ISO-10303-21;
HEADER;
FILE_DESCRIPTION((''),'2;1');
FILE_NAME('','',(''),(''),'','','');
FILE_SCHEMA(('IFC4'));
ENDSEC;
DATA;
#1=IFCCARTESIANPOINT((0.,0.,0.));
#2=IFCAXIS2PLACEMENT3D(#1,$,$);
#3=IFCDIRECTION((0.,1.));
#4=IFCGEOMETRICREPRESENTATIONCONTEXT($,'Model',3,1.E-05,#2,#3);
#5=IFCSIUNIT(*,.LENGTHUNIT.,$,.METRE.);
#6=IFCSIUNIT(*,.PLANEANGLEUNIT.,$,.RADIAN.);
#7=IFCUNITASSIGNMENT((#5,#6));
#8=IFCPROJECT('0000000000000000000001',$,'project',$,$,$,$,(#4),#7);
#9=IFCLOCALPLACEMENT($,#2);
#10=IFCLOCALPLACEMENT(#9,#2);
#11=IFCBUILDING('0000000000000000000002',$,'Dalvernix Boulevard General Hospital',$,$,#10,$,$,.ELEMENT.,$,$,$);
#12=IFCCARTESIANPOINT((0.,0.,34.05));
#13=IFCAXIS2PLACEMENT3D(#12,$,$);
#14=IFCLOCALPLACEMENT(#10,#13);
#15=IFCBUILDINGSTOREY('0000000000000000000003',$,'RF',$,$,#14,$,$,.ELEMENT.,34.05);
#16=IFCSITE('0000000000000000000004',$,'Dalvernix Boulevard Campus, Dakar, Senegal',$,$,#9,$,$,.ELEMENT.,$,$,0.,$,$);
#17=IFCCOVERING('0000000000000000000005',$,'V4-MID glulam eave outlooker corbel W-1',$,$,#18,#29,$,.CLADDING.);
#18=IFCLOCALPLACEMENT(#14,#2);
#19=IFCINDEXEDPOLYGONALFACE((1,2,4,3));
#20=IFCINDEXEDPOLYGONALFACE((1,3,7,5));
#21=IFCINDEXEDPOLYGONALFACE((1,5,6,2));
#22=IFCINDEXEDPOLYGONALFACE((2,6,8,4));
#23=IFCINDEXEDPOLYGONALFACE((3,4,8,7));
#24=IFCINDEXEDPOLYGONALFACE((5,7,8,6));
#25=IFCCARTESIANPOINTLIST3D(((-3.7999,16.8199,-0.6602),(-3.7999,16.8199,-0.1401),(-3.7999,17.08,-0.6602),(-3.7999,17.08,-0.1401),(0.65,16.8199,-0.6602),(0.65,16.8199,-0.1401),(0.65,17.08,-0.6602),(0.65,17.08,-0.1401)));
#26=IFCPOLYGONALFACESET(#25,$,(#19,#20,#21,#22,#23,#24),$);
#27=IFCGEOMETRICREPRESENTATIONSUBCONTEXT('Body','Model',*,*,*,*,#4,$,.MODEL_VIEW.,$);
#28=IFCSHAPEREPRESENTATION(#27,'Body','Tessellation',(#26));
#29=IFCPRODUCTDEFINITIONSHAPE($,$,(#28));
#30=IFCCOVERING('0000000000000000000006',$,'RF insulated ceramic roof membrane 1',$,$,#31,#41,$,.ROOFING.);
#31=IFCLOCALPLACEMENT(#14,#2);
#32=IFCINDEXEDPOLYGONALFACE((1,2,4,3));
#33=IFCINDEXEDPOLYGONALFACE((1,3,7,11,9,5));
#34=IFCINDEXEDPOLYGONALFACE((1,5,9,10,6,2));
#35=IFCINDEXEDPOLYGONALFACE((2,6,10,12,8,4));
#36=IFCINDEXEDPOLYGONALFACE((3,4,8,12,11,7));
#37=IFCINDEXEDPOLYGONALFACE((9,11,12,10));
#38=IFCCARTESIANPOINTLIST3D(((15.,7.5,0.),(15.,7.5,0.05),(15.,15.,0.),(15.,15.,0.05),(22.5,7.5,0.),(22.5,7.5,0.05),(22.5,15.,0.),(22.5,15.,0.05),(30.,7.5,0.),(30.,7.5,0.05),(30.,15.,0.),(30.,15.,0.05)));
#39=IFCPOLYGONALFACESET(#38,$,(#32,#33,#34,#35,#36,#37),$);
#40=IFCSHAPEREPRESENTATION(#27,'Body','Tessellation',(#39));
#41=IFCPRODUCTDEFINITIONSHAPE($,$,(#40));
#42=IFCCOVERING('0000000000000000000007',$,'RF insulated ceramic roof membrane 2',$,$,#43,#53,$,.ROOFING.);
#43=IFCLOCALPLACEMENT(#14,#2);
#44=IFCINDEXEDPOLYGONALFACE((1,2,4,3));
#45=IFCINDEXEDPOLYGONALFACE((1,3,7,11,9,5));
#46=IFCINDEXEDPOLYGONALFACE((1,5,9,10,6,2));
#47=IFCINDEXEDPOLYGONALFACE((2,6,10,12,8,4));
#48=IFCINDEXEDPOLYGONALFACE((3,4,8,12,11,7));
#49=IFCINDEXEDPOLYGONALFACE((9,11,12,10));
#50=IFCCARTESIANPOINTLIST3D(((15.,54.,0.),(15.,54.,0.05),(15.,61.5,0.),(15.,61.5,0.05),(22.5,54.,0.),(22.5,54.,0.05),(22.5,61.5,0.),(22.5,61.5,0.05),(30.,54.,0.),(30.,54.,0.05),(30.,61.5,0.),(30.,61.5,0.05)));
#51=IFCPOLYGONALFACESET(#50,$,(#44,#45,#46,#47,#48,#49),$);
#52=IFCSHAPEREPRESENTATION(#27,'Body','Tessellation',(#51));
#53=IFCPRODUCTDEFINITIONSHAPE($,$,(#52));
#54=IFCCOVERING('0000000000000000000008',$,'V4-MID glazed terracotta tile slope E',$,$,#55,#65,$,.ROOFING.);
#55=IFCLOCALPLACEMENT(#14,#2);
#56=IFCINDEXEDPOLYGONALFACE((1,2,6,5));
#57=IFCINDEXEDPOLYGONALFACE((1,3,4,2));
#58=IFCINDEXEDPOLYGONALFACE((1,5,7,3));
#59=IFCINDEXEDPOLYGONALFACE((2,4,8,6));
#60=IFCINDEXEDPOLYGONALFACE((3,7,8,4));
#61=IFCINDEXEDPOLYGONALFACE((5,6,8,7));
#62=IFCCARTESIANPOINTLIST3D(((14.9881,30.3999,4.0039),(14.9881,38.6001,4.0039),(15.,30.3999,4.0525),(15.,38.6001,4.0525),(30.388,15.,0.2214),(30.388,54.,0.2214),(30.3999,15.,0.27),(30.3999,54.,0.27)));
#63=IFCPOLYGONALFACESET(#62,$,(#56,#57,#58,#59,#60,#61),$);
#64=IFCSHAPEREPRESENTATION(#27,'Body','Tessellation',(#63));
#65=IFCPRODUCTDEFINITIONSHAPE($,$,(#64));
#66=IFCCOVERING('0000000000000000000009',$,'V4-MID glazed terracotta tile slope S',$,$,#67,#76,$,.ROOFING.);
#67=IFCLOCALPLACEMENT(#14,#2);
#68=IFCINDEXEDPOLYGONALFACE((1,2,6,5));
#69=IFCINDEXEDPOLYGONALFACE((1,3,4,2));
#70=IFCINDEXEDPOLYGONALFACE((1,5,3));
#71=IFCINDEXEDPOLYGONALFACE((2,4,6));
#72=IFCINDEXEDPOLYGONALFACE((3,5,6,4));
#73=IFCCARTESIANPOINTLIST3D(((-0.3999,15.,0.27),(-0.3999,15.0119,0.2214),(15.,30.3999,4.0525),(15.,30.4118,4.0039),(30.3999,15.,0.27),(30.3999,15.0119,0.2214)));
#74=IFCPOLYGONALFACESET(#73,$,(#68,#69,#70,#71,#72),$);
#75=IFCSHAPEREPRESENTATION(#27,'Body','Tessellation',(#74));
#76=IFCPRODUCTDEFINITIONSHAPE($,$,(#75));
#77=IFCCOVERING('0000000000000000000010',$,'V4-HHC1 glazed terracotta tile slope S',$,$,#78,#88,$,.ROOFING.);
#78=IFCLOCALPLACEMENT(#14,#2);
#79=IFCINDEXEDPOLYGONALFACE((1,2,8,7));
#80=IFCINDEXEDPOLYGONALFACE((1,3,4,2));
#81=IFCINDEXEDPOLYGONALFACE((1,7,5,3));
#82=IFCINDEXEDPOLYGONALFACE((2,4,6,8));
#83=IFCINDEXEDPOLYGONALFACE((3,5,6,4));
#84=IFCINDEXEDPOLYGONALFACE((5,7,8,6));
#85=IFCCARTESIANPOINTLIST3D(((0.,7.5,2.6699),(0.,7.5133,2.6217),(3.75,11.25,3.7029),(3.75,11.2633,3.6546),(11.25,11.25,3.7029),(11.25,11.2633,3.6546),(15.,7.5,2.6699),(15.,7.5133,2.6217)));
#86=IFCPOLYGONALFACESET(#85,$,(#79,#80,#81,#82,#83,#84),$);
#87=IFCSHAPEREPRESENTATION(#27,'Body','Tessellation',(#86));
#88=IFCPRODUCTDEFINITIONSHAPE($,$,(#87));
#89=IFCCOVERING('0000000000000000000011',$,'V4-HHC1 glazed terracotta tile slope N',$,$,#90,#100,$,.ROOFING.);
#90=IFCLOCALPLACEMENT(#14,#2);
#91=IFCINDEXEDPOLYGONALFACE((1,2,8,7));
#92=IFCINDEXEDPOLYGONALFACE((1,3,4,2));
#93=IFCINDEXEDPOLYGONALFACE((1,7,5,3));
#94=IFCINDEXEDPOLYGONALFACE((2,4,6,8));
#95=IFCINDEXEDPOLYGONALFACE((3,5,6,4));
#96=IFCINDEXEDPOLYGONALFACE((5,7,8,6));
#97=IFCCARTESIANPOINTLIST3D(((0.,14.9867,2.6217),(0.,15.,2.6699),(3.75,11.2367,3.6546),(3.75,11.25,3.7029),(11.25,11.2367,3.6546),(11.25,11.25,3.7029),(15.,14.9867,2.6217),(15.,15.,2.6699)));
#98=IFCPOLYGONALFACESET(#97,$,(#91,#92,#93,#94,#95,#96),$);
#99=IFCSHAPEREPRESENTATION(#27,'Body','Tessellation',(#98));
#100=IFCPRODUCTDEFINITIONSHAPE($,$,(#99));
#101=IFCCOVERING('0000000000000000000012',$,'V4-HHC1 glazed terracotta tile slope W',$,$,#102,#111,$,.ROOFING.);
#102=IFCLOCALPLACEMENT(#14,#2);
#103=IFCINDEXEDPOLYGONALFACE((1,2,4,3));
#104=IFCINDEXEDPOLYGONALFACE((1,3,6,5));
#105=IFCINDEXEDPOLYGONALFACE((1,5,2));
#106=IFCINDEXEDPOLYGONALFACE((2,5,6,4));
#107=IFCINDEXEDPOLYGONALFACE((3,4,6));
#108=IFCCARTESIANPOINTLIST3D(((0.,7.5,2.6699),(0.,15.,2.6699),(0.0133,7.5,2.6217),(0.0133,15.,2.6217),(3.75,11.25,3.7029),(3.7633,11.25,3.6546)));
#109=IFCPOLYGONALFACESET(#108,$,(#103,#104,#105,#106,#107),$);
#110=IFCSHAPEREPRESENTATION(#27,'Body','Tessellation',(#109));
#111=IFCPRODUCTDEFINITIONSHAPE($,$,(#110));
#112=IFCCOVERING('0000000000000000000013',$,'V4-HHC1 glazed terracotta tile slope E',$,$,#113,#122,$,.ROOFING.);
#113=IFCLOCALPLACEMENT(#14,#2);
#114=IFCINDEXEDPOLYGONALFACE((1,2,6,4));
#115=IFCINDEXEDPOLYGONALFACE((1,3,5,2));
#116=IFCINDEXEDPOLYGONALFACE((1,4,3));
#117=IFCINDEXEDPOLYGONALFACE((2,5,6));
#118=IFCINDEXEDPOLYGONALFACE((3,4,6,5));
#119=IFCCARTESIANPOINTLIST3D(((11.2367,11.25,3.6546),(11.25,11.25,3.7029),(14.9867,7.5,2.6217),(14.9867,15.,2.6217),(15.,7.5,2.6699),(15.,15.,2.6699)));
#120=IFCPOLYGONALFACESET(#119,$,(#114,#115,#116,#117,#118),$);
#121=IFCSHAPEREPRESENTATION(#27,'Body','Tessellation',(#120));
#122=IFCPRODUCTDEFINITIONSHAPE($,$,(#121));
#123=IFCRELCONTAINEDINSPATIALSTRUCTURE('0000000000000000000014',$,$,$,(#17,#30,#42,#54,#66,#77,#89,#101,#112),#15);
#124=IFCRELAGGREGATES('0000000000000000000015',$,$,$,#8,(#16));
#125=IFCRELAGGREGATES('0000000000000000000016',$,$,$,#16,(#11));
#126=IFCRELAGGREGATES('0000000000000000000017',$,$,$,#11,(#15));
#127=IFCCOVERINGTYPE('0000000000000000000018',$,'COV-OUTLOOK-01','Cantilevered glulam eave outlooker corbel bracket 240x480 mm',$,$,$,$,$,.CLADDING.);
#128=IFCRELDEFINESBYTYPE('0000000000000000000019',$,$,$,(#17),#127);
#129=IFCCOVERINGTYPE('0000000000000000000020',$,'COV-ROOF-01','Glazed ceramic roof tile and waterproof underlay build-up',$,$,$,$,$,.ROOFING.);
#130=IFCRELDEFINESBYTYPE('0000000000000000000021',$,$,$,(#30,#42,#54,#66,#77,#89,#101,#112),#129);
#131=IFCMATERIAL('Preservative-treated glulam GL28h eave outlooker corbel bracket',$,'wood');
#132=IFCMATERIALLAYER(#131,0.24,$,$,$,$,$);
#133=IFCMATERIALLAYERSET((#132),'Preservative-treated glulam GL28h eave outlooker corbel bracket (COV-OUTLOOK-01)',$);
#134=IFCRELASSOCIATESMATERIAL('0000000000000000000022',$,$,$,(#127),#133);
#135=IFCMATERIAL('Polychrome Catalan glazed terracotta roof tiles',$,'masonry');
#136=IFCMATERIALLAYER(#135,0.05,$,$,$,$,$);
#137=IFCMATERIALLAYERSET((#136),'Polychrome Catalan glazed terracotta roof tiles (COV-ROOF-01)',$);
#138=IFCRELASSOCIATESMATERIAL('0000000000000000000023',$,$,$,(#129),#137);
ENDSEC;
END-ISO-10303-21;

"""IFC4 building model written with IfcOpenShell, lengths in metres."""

from ifc_helpers import new_model, si_unit, direction, frame, origin, origin_2d, place, context, subcontext, project, spatial, polyline, rectangle, outline, extrude, material, layer, layer_set, type_object, element, save


model = new_model("IFC4")

# Units and contexts
model_context = context("Model", 3, precision=1e-05, world=origin(), true_north=direction((0.0, 1.0)))
body_context = subcontext(model_context, "Body", "Model", "MODEL_VIEW")
ifc_project = project(units=[si_unit("LENGTHUNIT", "METRE"), si_unit("PLANEANGLEUNIT", "RADIAN")], contexts=[model_context])

# Site, building, storey
site_placement = place(None, origin())
site = spatial("IfcSite", under=ifc_project, at=site_placement, Name="Dalvernix Boulevard Campus, Dakar, Senegal", CompositionType="ELEMENT", RefElevation=0.0)
building_placement = place(site_placement, origin())
building = spatial("IfcBuilding", under=site, at=building_placement, Name="Dalvernix Boulevard General Hospital", CompositionType="ELEMENT")
storey_placement = place(building_placement, frame((0.0, 0.0, 34.05)))
storey = spatial("IfcBuildingStorey", under=building, at=storey_placement, Name="RF", CompositionType="ELEMENT", Elevation=34.05)

# Coverings
ifc_material_1 = material(Name="Preservative-treated glulam GL28h eave outlooker corbel bracket", Category="wood")
ifc_layer_1 = layer(ifc_material_1, 0.24)
ifc_layer_set_1 = layer_set([ifc_layer_1], Name="Preservative-treated glulam GL28h eave outlooker corbel bracket (COV-OUTLOOK-01)")
covering_type_1 = type_object("IfcCoveringType", Name="COV-OUTLOOK-01", Description="Cantilevered glulam eave outlooker corbel bracket 240x480 mm", PredefinedType="CLADDING", material=ifc_layer_set_1)
covering_1_placement = place(storey_placement, frame((-1.575, 16.95, -0.6602), z_axis=(0.0, 0.0, 1.0), x_axis=(1.0, 0.0, 0.0)))
element("IfcCovering", 1, at=covering_1_placement, inside=storey, type_object=covering_type_1, Name="V4-MID glulam eave outlooker corbel W-1", PredefinedType="CLADDING", context=body_context, shape_type="SweptSolid", body=[
    extrude(rectangle(XDim=4.45, YDim=0.26, at=origin_2d()), origin(), (0.0, 0.0, 1.0), 0.52),
])
ifc_material_2 = material(Name="Polychrome Catalan glazed terracotta roof tiles", Category="masonry")
ifc_layer_2 = layer(ifc_material_2, 0.05)
ifc_layer_set_2 = layer_set([ifc_layer_2], Name="Polychrome Catalan glazed terracotta roof tiles (COV-ROOF-01)")
covering_type_2 = type_object("IfcCoveringType", Name="COV-ROOF-01", Description="Glazed ceramic roof tile and waterproof underlay build-up", PredefinedType="ROOFING", material=ifc_layer_set_2)
covering_2_placement = place(storey_placement, origin())
element("IfcCovering", 2, at=covering_2_placement, inside=storey, type_object=covering_type_2, Name="RF insulated ceramic roof membrane 1", PredefinedType="ROOFING", context=body_context, shape_type="SweptSolid", body=[
    extrude(outline(polyline([(15.0, 15.0), (22.5, 15.0), (30.0, 15.0), (30.0, 7.5), (22.5, 7.5), (15.0, 7.5), (15.0, 15.0)])), origin(), (0.0, 0.0, 1.0), 0.05),
])
covering_3_placement = place(storey_placement, origin())
element("IfcCovering", 3, at=covering_3_placement, inside=storey, type_object=covering_type_2, Name="RF insulated ceramic roof membrane 2", PredefinedType="ROOFING", context=body_context, shape_type="SweptSolid", body=[
    extrude(outline(polyline([(15.0, 61.5), (22.5, 61.5), (30.0, 61.5), (30.0, 54.0), (22.5, 54.0), (15.0, 54.0), (15.0, 61.5)])), origin(), (0.0, 0.0, 1.0), 0.05),
])
covering_4_placement = place(storey_placement, frame((30.3999, 15.0, 0.27), z_axis=(0.238527, 0.0, 0.971136), x_axis=(0.0, 1.0, 0.0)))
element("IfcCovering", 4, at=covering_4_placement, inside=storey, type_object=covering_type_2, Name="V4-MID glazed terracotta tile slope E", PredefinedType="ROOFING", context=body_context, shape_type="SweptSolid", body=[
    extrude(outline(polyline([(0.0, 0.0), (39.0, 0.0), (23.6001, 15.8576), (15.3999, 15.8576), (0.0, 0.0)])), origin(), (0.0, 0.0, -1.0), 0.05),
])
covering_5_placement = place(storey_placement, frame((-0.3999, 15.0, 0.27), z_axis=(0.0, -0.238527, 0.971136), x_axis=(1.0, 0.0, 0.0)))
element("IfcCovering", 5, at=covering_5_placement, inside=storey, type_object=covering_type_2, Name="V4-MID glazed terracotta tile slope S", PredefinedType="ROOFING", context=body_context, shape_type="SweptSolid", body=[
    extrude(outline(polyline([(0.0, 0.0), (30.7998, 0.0), (15.3999, 15.8576), (0.0, 0.0)])), origin(), (0.0, 0.0, -1.0), 0.05),
])
for number, where, z_axis, x_axis, name in (
    (6, (0.0, 7.5, 2.6699), (0.0, -0.265565, 0.964093), (1.0, 0.0, 0.0), "V4-HHC1 glazed terracotta tile slope S"),
    (7, (15.0, 15.0, 2.6699), (0.0, 0.265565, 0.964093), (-1.0, 0.0, 0.0), "V4-HHC1 glazed terracotta tile slope N"),
):
    element("IfcCovering", number, at=place(storey_placement, frame(where, z_axis=z_axis, x_axis=x_axis)), inside=storey, type_object=covering_type_2, Name=name, PredefinedType="ROOFING", context=body_context, shape_type="SweptSolid", body=[
        extrude(outline(polyline([(0.0, 0.0), (15.0, 0.0), (11.25, 3.8897), (3.75, 3.8897), (0.0, 0.0)])), origin(), (0.0, 0.0, -1.0), 0.05),
    ])
for number, where, z_axis, x_axis, name in (
    (8, (0.0, 15.0, 2.6699), (-0.265565, 0.0, 0.964093), (0.0, -1.0, 0.0), "V4-HHC1 glazed terracotta tile slope W"),
    (9, (15.0, 7.5, 2.6699), (0.265565, 0.0, 0.964093), (0.0, 1.0, 0.0), "V4-HHC1 glazed terracotta tile slope E"),
):
    element("IfcCovering", number, at=place(storey_placement, frame(where, z_axis=z_axis, x_axis=x_axis)), inside=storey, type_object=covering_type_2, Name=name, PredefinedType="ROOFING", context=body_context, shape_type="SweptSolid", body=[
        extrude(outline(polyline([(0.0, 0.0), (7.5, 0.0), (3.75, 3.8897), (0.0, 0.0)])), origin(), (0.0, 0.0, -1.0), 0.05),
    ])

save(model, "model.ifc")
